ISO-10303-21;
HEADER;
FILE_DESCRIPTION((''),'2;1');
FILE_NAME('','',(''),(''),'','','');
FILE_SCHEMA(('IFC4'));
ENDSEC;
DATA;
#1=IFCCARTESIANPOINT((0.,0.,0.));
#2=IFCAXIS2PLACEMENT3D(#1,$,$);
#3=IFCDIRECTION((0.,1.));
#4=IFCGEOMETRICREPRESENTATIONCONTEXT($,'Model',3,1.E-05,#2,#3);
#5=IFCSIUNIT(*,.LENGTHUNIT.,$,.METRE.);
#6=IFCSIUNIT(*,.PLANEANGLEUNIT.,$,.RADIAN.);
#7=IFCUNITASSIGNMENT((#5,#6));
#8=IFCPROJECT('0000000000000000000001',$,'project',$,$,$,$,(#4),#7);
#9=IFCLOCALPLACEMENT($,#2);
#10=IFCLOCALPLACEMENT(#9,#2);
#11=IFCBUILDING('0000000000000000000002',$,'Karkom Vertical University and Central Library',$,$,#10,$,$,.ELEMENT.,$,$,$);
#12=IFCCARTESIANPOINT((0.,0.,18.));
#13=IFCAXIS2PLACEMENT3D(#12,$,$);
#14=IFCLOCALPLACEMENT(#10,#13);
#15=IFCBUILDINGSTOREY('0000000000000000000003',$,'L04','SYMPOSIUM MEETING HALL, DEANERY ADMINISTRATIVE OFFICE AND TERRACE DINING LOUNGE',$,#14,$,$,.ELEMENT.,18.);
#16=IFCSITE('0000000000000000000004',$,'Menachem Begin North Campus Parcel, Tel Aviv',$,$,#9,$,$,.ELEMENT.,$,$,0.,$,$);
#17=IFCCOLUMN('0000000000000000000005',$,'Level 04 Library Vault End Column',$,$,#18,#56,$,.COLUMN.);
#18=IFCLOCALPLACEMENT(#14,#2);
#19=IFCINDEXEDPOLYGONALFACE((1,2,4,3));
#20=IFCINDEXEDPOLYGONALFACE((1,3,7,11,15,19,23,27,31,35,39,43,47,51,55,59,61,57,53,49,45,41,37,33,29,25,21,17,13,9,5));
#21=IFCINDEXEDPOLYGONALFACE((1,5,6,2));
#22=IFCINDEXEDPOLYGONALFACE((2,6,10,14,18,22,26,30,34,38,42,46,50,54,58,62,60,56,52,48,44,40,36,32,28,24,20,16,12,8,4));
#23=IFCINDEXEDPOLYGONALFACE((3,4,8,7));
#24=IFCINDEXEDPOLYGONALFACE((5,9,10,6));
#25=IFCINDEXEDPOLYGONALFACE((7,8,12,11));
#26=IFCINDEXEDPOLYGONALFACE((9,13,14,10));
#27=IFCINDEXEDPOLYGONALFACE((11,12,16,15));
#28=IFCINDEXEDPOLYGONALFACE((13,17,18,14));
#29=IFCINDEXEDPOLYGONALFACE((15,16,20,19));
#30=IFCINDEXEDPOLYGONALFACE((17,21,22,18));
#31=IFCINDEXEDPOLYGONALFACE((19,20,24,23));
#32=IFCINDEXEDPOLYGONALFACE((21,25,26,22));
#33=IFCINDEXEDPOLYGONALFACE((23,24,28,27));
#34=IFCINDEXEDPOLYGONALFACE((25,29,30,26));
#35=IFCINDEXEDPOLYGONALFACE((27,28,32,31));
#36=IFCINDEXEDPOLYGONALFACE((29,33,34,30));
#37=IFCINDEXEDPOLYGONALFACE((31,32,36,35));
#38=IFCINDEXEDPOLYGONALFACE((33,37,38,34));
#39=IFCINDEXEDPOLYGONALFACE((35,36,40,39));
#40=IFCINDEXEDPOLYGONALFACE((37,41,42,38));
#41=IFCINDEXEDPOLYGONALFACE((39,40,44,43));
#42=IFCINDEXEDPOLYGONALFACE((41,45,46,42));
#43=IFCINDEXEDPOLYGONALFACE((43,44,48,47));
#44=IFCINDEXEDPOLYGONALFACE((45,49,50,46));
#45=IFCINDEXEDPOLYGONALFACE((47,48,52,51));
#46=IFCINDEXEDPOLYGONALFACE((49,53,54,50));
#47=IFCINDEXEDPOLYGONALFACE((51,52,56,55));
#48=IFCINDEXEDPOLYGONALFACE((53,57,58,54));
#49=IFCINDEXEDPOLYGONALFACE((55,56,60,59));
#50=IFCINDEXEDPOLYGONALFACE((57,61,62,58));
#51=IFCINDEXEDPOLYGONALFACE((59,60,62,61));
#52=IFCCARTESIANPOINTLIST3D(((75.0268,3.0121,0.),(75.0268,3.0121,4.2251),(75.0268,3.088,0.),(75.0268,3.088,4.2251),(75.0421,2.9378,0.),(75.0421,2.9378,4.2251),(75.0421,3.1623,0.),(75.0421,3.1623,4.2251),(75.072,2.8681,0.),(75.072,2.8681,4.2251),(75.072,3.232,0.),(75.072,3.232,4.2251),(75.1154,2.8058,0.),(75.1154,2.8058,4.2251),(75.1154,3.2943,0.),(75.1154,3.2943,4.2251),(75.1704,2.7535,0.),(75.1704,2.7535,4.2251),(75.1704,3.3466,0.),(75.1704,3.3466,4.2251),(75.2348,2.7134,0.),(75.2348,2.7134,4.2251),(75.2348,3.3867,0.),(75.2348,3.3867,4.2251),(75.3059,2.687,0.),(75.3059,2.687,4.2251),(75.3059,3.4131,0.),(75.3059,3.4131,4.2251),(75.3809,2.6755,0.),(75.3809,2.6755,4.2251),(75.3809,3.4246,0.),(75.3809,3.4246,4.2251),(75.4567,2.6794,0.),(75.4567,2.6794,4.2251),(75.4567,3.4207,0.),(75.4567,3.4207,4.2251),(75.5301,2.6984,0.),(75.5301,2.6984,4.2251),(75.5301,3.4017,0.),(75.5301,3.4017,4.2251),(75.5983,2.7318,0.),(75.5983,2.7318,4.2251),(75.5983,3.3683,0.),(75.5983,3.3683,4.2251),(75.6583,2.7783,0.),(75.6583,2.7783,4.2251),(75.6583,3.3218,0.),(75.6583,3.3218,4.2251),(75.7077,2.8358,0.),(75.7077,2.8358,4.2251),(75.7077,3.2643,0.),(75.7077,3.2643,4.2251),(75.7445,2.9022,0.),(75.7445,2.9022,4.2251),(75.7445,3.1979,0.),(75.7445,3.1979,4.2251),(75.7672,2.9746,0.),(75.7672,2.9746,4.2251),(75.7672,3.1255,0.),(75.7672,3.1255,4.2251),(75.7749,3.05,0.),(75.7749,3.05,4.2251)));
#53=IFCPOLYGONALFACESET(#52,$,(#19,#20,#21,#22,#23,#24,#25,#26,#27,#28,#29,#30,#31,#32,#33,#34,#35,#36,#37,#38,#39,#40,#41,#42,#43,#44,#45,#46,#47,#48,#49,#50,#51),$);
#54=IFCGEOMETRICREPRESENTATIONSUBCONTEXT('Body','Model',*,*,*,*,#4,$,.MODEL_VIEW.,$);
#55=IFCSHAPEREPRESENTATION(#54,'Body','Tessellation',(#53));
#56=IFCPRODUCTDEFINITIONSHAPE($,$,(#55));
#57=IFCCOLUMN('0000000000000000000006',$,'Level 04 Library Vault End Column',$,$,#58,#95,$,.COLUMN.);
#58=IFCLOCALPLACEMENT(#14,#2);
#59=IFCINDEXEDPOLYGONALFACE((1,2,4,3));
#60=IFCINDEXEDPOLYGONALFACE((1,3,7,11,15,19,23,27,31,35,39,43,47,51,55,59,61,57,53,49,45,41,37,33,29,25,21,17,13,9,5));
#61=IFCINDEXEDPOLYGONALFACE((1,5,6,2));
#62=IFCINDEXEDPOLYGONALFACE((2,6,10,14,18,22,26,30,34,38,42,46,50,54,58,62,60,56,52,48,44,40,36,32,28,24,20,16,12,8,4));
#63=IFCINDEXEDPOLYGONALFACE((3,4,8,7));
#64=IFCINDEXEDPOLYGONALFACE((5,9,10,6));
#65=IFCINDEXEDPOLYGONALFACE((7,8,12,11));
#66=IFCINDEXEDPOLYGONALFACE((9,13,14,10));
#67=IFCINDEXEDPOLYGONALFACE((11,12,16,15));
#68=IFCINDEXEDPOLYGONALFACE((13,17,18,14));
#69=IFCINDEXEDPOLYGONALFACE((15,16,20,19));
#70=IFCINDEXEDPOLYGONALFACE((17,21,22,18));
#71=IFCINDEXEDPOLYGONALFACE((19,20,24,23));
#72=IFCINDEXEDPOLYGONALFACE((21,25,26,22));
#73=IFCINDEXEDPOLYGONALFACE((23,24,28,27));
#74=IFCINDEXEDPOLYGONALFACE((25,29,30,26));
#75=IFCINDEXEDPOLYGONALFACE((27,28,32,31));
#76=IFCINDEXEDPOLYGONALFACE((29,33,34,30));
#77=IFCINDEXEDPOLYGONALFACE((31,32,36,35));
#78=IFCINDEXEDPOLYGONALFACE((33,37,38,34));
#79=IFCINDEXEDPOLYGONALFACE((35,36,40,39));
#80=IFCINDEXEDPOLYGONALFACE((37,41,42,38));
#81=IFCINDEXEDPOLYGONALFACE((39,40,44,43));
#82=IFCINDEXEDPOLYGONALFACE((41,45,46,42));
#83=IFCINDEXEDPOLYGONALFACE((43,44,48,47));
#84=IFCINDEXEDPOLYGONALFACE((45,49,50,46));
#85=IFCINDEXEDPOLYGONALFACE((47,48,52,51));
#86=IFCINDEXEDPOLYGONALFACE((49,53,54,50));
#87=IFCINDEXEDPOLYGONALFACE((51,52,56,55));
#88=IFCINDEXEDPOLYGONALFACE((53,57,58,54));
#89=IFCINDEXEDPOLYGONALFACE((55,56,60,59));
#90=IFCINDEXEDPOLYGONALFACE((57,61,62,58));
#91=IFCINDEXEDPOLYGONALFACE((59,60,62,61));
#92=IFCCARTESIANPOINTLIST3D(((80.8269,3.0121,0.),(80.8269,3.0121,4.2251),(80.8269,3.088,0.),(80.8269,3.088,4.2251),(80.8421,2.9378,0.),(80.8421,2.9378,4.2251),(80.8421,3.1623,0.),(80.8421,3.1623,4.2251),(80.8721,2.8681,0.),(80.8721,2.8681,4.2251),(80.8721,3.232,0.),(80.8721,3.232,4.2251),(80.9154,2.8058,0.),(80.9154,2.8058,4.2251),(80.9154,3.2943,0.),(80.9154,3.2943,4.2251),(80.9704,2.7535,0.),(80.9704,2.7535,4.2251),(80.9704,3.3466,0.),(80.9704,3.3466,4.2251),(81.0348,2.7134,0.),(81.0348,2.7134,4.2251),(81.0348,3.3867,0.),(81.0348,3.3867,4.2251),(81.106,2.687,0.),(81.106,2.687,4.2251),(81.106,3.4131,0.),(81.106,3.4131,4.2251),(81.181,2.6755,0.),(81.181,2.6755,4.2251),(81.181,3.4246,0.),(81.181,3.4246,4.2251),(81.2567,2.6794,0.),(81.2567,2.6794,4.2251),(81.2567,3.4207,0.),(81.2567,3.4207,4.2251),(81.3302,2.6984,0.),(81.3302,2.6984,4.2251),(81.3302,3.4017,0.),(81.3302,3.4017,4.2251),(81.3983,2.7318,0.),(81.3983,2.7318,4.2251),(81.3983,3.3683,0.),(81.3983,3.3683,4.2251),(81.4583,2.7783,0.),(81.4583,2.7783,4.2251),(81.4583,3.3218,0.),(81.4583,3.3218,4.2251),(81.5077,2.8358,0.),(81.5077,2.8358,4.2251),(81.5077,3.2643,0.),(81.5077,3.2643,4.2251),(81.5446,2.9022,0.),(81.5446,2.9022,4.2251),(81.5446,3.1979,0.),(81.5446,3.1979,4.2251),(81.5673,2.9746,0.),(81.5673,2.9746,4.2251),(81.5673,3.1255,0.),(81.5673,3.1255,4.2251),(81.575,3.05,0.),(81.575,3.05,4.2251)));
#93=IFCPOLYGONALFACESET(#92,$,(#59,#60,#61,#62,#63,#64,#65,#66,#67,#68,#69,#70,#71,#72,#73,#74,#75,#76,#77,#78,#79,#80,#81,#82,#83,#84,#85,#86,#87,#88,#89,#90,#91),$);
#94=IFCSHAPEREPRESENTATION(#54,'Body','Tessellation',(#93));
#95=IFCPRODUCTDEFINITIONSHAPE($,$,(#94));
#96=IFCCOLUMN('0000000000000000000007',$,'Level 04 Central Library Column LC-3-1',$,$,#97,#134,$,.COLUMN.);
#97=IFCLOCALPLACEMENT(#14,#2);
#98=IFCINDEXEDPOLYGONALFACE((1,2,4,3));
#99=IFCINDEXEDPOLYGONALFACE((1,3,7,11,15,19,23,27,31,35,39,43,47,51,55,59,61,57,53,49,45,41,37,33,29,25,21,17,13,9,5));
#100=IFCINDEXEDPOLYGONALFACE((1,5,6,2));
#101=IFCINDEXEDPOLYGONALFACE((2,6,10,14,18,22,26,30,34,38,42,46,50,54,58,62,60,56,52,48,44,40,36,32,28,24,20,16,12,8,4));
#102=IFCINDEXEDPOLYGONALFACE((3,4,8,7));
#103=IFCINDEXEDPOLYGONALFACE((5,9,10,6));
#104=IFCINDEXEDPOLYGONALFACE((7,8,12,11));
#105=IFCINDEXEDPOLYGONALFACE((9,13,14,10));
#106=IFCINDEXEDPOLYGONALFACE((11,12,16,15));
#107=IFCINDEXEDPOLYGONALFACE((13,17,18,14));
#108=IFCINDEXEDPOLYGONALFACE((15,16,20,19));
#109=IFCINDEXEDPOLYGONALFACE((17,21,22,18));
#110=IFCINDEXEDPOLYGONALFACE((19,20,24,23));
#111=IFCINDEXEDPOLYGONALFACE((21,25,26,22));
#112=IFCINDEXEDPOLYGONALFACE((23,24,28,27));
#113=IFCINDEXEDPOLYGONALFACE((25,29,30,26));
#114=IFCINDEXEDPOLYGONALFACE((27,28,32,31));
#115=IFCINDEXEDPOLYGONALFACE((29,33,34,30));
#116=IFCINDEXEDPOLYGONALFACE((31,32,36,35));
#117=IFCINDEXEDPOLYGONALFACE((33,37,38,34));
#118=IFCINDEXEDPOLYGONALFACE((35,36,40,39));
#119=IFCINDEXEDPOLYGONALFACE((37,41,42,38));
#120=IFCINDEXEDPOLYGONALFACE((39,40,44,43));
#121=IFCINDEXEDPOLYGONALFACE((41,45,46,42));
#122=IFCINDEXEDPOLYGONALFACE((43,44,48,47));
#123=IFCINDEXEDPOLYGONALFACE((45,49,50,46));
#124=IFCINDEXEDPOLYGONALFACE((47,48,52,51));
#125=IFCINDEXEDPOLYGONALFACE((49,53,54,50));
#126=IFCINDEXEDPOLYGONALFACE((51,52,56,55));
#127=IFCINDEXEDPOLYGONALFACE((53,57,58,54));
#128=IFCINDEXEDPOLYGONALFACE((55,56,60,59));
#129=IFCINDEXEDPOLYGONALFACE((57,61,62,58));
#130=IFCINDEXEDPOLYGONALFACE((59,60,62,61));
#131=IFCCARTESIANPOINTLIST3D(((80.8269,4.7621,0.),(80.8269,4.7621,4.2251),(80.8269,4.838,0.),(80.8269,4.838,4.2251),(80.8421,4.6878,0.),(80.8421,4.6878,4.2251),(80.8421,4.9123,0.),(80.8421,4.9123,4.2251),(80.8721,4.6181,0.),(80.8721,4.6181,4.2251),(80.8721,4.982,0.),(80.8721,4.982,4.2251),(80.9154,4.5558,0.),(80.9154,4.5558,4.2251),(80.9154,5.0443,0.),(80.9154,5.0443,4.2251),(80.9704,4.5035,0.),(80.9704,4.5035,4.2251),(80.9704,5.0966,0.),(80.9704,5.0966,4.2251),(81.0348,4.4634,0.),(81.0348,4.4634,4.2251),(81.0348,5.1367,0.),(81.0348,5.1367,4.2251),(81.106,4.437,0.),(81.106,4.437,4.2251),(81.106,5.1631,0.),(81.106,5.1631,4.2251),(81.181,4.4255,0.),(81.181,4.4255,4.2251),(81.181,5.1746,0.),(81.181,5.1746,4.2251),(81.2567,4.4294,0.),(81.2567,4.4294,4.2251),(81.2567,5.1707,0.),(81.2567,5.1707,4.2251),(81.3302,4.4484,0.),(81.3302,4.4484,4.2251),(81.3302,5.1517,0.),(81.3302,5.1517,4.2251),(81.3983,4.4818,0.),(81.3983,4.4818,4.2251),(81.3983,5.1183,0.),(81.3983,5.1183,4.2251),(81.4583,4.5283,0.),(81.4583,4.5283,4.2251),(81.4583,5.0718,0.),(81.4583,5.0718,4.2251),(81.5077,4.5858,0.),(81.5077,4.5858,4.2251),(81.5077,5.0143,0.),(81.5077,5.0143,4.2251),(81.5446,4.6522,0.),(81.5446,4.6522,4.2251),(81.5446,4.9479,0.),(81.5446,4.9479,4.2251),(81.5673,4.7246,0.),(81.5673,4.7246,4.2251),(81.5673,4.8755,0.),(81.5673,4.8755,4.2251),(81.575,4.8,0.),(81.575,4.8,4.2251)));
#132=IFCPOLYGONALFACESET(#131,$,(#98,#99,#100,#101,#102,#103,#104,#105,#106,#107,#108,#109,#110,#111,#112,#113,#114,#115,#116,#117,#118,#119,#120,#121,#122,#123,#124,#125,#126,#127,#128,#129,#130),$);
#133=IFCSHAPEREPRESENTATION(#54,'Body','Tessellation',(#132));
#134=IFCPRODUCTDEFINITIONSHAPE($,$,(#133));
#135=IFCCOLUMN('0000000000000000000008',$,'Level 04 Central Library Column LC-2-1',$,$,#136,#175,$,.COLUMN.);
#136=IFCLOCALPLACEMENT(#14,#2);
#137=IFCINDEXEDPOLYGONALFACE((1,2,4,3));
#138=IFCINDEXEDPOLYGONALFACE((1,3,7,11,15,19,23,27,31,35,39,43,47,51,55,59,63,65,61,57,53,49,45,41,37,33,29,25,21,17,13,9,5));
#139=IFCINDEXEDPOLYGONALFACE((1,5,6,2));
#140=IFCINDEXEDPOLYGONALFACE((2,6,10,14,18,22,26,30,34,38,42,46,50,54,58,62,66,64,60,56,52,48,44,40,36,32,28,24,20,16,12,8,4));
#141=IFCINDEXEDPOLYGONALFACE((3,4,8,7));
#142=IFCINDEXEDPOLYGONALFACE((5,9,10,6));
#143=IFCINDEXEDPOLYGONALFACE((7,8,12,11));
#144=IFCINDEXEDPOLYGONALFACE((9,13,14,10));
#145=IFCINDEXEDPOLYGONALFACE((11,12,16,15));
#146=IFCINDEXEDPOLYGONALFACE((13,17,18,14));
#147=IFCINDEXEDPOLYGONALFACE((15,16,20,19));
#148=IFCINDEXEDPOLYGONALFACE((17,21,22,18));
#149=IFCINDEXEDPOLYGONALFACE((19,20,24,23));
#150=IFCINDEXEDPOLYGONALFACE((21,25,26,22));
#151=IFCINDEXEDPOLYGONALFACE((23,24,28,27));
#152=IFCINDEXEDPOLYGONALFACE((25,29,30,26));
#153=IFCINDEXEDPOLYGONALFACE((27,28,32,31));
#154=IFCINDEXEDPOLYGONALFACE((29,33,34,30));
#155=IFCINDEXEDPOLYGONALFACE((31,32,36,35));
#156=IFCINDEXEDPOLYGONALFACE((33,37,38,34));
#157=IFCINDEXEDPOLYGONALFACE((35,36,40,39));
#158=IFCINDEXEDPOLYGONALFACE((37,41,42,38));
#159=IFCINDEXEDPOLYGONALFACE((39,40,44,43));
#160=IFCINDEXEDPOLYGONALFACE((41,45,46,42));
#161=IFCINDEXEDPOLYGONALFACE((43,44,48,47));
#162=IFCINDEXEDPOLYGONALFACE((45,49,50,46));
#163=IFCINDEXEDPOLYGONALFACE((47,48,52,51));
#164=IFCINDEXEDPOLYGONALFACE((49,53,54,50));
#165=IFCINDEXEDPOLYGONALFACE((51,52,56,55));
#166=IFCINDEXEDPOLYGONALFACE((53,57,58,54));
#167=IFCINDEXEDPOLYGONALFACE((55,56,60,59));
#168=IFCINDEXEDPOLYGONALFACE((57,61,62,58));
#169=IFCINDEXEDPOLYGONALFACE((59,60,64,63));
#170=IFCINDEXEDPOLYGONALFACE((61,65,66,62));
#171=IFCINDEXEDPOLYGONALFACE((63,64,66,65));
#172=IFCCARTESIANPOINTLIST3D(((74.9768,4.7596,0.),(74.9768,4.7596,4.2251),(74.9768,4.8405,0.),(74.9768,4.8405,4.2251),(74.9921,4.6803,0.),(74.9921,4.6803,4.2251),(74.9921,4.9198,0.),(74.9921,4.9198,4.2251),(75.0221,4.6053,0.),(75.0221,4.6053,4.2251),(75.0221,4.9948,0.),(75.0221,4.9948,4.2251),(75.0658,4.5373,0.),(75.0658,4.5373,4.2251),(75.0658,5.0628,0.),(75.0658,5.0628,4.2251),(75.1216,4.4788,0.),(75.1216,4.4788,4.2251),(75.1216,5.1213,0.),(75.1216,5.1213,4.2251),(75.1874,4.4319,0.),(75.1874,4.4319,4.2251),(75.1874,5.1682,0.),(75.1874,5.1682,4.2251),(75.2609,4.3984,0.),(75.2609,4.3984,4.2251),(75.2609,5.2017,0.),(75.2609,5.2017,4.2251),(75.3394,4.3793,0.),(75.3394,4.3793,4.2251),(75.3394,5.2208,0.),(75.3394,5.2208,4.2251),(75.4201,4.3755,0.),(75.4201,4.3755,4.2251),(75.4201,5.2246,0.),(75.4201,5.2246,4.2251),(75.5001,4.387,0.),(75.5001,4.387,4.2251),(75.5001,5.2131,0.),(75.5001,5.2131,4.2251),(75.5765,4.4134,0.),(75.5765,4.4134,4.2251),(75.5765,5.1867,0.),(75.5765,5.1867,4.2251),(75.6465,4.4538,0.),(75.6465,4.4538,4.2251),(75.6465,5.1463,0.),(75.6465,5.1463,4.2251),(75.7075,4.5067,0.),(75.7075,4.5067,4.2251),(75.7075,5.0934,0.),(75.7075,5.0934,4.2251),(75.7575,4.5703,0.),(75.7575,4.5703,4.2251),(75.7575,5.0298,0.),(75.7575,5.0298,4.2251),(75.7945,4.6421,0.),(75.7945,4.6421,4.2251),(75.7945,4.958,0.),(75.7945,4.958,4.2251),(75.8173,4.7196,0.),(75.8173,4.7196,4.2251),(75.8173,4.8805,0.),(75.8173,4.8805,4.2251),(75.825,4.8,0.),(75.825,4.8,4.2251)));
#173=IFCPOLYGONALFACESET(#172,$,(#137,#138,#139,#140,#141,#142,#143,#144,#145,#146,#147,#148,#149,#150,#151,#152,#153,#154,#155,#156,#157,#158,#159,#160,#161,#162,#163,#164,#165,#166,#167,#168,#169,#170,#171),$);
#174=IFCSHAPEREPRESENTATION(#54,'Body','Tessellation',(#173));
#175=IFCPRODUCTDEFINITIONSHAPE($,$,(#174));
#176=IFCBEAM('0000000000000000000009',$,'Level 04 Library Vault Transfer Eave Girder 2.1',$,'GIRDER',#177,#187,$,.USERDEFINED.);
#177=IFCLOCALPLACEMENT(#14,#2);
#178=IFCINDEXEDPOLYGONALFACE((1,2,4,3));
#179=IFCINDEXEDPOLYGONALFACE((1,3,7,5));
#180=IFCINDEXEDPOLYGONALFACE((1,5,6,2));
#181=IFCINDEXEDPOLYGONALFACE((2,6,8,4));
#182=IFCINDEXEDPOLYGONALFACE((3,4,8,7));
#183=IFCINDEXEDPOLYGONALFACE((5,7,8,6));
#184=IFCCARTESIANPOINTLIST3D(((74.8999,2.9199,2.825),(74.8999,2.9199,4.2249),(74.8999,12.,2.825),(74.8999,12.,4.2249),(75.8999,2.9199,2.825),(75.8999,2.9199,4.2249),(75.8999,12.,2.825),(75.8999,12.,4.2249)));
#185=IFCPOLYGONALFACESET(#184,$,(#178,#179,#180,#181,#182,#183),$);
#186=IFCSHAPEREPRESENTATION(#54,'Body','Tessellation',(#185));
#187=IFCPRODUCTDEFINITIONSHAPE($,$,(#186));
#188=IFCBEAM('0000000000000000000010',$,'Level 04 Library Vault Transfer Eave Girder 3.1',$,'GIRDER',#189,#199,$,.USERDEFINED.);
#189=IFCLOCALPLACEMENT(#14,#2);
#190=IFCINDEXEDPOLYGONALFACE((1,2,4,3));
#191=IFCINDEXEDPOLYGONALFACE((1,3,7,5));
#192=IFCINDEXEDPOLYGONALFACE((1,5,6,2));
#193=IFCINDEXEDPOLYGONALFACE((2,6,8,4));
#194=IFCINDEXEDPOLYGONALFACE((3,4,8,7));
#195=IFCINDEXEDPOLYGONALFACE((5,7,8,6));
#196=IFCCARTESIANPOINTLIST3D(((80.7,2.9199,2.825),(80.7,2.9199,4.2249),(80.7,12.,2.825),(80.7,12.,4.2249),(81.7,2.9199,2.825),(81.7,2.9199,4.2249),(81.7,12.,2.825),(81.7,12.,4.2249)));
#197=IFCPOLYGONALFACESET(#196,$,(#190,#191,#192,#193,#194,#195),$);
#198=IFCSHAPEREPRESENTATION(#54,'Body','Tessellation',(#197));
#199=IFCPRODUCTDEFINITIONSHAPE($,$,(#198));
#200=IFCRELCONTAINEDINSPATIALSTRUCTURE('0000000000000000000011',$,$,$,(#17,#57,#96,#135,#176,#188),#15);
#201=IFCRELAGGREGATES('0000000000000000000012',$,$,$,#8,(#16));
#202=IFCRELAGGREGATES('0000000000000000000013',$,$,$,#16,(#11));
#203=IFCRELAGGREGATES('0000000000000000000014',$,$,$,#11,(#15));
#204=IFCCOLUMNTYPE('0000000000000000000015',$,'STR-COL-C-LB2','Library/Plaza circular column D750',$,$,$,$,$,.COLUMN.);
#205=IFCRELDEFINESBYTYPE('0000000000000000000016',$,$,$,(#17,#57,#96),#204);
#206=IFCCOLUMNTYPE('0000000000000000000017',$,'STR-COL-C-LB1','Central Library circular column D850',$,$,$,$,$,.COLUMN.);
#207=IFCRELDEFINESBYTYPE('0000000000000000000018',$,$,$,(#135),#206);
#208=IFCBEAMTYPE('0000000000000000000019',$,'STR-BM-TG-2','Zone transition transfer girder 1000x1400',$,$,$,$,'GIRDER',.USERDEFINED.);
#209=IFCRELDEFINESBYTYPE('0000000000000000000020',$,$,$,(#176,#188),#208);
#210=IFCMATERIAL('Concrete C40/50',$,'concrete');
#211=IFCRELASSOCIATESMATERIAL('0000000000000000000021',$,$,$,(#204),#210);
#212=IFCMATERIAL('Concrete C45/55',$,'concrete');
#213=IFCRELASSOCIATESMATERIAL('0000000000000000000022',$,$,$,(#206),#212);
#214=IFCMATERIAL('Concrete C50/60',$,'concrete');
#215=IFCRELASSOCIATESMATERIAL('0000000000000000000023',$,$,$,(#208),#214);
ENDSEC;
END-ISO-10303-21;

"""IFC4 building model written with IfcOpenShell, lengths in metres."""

from ifc_helpers import new_model, si_unit, direction, frame, origin, origin_with_axes, origin_2d, place, context, subcontext, project, spatial, rectangle, circle, extrude, source, transform, mapped, material, material_profile, profile_set, type_object, element, save


model = new_model("IFC4")

# Units and contexts
model_context = context("Model", 3, precision=1e-05, world=origin(), true_north=direction((0.0, 1.0)))
body_context = subcontext(model_context, "Body", "Model", "MODEL_VIEW")
ifc_project = project(units=[si_unit("LENGTHUNIT", "METRE"), si_unit("PLANEANGLEUNIT", "RADIAN")], contexts=[model_context])

# Site, building, storey
site_placement = place(None, origin())
site = spatial("IfcSite", under=ifc_project, at=site_placement, Name="Menachem Begin North Campus Parcel, Tel Aviv", CompositionType="ELEMENT", RefElevation=0.0)
building_placement = place(site_placement, origin())
building = spatial("IfcBuilding", under=site, at=building_placement, Name="Karkom Vertical University and Central Library", CompositionType="ELEMENT")
storey_placement = place(building_placement, frame((0.0, 0.0, 18.0)))
storey = spatial("IfcBuildingStorey", under=building, at=storey_placement, Name="L04", Description="SYMPOSIUM MEETING HALL, DEANERY ADMINISTRATIVE OFFICE AND TERRACE DINING LOUNGE", CompositionType="ELEMENT", Elevation=18.0)

# Columns
ifc_material_1 = material(Name="Concrete C40/50", Category="concrete")
ifc_material_profile_1 = material_profile(ifc_material_1, circle(Radius=0.375, at=origin_2d()), Name="RC-D750")
ifc_profile_set_1 = profile_set([ifc_material_profile_1], Name="Concrete C40/50")
column_type_1 = type_object("IfcColumnType", Name="STR-COL-C-LB2", Description="Library/Plaza circular column D750", PredefinedType="COLUMN", material=ifc_profile_set_1)
shared_shape_1 = source(origin_with_axes(), body_context, "Body", "SweptSolid", [
    extrude(circle(Radius=0.375, at=origin_2d()), origin(), (0.0, 0.0, 1.0), 4.2251),
])
for number, where, z_axis, x_axis, name in (
    (1, (75.3999, 3.05, 0.0), (0.0, 0.0, 1.0), (1.0, 0.0, 0.0), "Level 04 Library Vault End Column"),
    (2, (81.2, 3.05, 0.0), (0.0, 0.0, 1.0), (1.0, 0.0, 0.0), "Level 04 Library Vault End Column"),
    (3, (81.2, 4.8, 0.0), (0.0, 0.0, 1.0), (1.0, 0.0, 0.0), "Level 04 Central Library Column LC-3-1"),
):
    element("IfcColumn", number, at=place(storey_placement, frame(where, z_axis=z_axis, x_axis=x_axis)), inside=storey, type_object=column_type_1, Name=name, PredefinedType="COLUMN", context=body_context, shape_type="MappedRepresentation", body=[
        mapped(shared_shape_1, transform((0.0, 0.0, 0.0), scale=1.0)),
    ])
ifc_material_2 = material(Name="Concrete C45/55", Category="concrete")
ifc_material_profile_2 = material_profile(ifc_material_2, circle(Radius=0.425, at=origin_2d()), Name="RC-D850")
ifc_profile_set_2 = profile_set([ifc_material_profile_2], Name="Concrete C45/55")
column_type_2 = type_object("IfcColumnType", Name="STR-COL-C-LB1", Description="Central Library circular column D850", PredefinedType="COLUMN", material=ifc_profile_set_2)
shared_shape_2 = source(origin_with_axes(), body_context, "Body", "SweptSolid", [
    extrude(circle(Radius=0.425, at=origin_2d()), origin(), (0.0, 0.0, 1.0), 4.2251),
])
column_placement = place(storey_placement, frame((75.3999, 4.8, 0.0), z_axis=(0.0, 0.0, 1.0), x_axis=(1.0, 0.0, 0.0)))
element("IfcColumn", 4, at=column_placement, inside=storey, type_object=column_type_2, Name="Level 04 Central Library Column LC-2-1", PredefinedType="COLUMN", context=body_context, shape_type="MappedRepresentation", body=[
    mapped(shared_shape_2, transform((0.0, 0.0, 0.0), scale=1.0)),
])

# Beams
ifc_material_3 = material(Name="Concrete C50/60", Category="concrete")
ifc_material_profile_3 = material_profile(ifc_material_3, rectangle(XDim=1.0, YDim=1.3999, at=origin_2d()), Name="TG-1000x1400")
ifc_profile_set_3 = profile_set([ifc_material_profile_3], Name="Concrete C50/60")
beam_type = type_object("IfcBeamType", Name="STR-BM-TG-2", Description="Zone transition transfer girder 1000x1400", ElementType="GIRDER", PredefinedType="USERDEFINED", material=ifc_profile_set_3)
shared_shape_3 = source(origin_with_axes(), body_context, "Body", "SweptSolid", [
    extrude(rectangle(XDim=1.0, YDim=1.3999, at=origin_2d()), origin(), (0.0, 0.0, 1.0), 9.0801),
])
for number, where, z_axis, x_axis, name in (
    (5, (75.3999, 2.9199, 3.5249), (0.0, 1.0, 0.0), (-1.0, 0.0, 0.0), "Level 04 Library Vault Transfer Eave Girder 2.1"),
    (6, (81.2, 2.9199, 3.5249), (0.0, 1.0, 0.0), (-1.0, 0.0, 0.0), "Level 04 Library Vault Transfer Eave Girder 3.1"),
):
    element("IfcBeam", number, at=place(storey_placement, frame(where, z_axis=z_axis, x_axis=x_axis)), inside=storey, type_object=beam_type, Name=name, ObjectType="GIRDER", PredefinedType="USERDEFINED", context=body_context, shape_type="MappedRepresentation", body=[
        mapped(shared_shape_3, transform((0.0, 0.0, 0.0), scale=1.0)),
    ])

save(model, "model.ifc")
